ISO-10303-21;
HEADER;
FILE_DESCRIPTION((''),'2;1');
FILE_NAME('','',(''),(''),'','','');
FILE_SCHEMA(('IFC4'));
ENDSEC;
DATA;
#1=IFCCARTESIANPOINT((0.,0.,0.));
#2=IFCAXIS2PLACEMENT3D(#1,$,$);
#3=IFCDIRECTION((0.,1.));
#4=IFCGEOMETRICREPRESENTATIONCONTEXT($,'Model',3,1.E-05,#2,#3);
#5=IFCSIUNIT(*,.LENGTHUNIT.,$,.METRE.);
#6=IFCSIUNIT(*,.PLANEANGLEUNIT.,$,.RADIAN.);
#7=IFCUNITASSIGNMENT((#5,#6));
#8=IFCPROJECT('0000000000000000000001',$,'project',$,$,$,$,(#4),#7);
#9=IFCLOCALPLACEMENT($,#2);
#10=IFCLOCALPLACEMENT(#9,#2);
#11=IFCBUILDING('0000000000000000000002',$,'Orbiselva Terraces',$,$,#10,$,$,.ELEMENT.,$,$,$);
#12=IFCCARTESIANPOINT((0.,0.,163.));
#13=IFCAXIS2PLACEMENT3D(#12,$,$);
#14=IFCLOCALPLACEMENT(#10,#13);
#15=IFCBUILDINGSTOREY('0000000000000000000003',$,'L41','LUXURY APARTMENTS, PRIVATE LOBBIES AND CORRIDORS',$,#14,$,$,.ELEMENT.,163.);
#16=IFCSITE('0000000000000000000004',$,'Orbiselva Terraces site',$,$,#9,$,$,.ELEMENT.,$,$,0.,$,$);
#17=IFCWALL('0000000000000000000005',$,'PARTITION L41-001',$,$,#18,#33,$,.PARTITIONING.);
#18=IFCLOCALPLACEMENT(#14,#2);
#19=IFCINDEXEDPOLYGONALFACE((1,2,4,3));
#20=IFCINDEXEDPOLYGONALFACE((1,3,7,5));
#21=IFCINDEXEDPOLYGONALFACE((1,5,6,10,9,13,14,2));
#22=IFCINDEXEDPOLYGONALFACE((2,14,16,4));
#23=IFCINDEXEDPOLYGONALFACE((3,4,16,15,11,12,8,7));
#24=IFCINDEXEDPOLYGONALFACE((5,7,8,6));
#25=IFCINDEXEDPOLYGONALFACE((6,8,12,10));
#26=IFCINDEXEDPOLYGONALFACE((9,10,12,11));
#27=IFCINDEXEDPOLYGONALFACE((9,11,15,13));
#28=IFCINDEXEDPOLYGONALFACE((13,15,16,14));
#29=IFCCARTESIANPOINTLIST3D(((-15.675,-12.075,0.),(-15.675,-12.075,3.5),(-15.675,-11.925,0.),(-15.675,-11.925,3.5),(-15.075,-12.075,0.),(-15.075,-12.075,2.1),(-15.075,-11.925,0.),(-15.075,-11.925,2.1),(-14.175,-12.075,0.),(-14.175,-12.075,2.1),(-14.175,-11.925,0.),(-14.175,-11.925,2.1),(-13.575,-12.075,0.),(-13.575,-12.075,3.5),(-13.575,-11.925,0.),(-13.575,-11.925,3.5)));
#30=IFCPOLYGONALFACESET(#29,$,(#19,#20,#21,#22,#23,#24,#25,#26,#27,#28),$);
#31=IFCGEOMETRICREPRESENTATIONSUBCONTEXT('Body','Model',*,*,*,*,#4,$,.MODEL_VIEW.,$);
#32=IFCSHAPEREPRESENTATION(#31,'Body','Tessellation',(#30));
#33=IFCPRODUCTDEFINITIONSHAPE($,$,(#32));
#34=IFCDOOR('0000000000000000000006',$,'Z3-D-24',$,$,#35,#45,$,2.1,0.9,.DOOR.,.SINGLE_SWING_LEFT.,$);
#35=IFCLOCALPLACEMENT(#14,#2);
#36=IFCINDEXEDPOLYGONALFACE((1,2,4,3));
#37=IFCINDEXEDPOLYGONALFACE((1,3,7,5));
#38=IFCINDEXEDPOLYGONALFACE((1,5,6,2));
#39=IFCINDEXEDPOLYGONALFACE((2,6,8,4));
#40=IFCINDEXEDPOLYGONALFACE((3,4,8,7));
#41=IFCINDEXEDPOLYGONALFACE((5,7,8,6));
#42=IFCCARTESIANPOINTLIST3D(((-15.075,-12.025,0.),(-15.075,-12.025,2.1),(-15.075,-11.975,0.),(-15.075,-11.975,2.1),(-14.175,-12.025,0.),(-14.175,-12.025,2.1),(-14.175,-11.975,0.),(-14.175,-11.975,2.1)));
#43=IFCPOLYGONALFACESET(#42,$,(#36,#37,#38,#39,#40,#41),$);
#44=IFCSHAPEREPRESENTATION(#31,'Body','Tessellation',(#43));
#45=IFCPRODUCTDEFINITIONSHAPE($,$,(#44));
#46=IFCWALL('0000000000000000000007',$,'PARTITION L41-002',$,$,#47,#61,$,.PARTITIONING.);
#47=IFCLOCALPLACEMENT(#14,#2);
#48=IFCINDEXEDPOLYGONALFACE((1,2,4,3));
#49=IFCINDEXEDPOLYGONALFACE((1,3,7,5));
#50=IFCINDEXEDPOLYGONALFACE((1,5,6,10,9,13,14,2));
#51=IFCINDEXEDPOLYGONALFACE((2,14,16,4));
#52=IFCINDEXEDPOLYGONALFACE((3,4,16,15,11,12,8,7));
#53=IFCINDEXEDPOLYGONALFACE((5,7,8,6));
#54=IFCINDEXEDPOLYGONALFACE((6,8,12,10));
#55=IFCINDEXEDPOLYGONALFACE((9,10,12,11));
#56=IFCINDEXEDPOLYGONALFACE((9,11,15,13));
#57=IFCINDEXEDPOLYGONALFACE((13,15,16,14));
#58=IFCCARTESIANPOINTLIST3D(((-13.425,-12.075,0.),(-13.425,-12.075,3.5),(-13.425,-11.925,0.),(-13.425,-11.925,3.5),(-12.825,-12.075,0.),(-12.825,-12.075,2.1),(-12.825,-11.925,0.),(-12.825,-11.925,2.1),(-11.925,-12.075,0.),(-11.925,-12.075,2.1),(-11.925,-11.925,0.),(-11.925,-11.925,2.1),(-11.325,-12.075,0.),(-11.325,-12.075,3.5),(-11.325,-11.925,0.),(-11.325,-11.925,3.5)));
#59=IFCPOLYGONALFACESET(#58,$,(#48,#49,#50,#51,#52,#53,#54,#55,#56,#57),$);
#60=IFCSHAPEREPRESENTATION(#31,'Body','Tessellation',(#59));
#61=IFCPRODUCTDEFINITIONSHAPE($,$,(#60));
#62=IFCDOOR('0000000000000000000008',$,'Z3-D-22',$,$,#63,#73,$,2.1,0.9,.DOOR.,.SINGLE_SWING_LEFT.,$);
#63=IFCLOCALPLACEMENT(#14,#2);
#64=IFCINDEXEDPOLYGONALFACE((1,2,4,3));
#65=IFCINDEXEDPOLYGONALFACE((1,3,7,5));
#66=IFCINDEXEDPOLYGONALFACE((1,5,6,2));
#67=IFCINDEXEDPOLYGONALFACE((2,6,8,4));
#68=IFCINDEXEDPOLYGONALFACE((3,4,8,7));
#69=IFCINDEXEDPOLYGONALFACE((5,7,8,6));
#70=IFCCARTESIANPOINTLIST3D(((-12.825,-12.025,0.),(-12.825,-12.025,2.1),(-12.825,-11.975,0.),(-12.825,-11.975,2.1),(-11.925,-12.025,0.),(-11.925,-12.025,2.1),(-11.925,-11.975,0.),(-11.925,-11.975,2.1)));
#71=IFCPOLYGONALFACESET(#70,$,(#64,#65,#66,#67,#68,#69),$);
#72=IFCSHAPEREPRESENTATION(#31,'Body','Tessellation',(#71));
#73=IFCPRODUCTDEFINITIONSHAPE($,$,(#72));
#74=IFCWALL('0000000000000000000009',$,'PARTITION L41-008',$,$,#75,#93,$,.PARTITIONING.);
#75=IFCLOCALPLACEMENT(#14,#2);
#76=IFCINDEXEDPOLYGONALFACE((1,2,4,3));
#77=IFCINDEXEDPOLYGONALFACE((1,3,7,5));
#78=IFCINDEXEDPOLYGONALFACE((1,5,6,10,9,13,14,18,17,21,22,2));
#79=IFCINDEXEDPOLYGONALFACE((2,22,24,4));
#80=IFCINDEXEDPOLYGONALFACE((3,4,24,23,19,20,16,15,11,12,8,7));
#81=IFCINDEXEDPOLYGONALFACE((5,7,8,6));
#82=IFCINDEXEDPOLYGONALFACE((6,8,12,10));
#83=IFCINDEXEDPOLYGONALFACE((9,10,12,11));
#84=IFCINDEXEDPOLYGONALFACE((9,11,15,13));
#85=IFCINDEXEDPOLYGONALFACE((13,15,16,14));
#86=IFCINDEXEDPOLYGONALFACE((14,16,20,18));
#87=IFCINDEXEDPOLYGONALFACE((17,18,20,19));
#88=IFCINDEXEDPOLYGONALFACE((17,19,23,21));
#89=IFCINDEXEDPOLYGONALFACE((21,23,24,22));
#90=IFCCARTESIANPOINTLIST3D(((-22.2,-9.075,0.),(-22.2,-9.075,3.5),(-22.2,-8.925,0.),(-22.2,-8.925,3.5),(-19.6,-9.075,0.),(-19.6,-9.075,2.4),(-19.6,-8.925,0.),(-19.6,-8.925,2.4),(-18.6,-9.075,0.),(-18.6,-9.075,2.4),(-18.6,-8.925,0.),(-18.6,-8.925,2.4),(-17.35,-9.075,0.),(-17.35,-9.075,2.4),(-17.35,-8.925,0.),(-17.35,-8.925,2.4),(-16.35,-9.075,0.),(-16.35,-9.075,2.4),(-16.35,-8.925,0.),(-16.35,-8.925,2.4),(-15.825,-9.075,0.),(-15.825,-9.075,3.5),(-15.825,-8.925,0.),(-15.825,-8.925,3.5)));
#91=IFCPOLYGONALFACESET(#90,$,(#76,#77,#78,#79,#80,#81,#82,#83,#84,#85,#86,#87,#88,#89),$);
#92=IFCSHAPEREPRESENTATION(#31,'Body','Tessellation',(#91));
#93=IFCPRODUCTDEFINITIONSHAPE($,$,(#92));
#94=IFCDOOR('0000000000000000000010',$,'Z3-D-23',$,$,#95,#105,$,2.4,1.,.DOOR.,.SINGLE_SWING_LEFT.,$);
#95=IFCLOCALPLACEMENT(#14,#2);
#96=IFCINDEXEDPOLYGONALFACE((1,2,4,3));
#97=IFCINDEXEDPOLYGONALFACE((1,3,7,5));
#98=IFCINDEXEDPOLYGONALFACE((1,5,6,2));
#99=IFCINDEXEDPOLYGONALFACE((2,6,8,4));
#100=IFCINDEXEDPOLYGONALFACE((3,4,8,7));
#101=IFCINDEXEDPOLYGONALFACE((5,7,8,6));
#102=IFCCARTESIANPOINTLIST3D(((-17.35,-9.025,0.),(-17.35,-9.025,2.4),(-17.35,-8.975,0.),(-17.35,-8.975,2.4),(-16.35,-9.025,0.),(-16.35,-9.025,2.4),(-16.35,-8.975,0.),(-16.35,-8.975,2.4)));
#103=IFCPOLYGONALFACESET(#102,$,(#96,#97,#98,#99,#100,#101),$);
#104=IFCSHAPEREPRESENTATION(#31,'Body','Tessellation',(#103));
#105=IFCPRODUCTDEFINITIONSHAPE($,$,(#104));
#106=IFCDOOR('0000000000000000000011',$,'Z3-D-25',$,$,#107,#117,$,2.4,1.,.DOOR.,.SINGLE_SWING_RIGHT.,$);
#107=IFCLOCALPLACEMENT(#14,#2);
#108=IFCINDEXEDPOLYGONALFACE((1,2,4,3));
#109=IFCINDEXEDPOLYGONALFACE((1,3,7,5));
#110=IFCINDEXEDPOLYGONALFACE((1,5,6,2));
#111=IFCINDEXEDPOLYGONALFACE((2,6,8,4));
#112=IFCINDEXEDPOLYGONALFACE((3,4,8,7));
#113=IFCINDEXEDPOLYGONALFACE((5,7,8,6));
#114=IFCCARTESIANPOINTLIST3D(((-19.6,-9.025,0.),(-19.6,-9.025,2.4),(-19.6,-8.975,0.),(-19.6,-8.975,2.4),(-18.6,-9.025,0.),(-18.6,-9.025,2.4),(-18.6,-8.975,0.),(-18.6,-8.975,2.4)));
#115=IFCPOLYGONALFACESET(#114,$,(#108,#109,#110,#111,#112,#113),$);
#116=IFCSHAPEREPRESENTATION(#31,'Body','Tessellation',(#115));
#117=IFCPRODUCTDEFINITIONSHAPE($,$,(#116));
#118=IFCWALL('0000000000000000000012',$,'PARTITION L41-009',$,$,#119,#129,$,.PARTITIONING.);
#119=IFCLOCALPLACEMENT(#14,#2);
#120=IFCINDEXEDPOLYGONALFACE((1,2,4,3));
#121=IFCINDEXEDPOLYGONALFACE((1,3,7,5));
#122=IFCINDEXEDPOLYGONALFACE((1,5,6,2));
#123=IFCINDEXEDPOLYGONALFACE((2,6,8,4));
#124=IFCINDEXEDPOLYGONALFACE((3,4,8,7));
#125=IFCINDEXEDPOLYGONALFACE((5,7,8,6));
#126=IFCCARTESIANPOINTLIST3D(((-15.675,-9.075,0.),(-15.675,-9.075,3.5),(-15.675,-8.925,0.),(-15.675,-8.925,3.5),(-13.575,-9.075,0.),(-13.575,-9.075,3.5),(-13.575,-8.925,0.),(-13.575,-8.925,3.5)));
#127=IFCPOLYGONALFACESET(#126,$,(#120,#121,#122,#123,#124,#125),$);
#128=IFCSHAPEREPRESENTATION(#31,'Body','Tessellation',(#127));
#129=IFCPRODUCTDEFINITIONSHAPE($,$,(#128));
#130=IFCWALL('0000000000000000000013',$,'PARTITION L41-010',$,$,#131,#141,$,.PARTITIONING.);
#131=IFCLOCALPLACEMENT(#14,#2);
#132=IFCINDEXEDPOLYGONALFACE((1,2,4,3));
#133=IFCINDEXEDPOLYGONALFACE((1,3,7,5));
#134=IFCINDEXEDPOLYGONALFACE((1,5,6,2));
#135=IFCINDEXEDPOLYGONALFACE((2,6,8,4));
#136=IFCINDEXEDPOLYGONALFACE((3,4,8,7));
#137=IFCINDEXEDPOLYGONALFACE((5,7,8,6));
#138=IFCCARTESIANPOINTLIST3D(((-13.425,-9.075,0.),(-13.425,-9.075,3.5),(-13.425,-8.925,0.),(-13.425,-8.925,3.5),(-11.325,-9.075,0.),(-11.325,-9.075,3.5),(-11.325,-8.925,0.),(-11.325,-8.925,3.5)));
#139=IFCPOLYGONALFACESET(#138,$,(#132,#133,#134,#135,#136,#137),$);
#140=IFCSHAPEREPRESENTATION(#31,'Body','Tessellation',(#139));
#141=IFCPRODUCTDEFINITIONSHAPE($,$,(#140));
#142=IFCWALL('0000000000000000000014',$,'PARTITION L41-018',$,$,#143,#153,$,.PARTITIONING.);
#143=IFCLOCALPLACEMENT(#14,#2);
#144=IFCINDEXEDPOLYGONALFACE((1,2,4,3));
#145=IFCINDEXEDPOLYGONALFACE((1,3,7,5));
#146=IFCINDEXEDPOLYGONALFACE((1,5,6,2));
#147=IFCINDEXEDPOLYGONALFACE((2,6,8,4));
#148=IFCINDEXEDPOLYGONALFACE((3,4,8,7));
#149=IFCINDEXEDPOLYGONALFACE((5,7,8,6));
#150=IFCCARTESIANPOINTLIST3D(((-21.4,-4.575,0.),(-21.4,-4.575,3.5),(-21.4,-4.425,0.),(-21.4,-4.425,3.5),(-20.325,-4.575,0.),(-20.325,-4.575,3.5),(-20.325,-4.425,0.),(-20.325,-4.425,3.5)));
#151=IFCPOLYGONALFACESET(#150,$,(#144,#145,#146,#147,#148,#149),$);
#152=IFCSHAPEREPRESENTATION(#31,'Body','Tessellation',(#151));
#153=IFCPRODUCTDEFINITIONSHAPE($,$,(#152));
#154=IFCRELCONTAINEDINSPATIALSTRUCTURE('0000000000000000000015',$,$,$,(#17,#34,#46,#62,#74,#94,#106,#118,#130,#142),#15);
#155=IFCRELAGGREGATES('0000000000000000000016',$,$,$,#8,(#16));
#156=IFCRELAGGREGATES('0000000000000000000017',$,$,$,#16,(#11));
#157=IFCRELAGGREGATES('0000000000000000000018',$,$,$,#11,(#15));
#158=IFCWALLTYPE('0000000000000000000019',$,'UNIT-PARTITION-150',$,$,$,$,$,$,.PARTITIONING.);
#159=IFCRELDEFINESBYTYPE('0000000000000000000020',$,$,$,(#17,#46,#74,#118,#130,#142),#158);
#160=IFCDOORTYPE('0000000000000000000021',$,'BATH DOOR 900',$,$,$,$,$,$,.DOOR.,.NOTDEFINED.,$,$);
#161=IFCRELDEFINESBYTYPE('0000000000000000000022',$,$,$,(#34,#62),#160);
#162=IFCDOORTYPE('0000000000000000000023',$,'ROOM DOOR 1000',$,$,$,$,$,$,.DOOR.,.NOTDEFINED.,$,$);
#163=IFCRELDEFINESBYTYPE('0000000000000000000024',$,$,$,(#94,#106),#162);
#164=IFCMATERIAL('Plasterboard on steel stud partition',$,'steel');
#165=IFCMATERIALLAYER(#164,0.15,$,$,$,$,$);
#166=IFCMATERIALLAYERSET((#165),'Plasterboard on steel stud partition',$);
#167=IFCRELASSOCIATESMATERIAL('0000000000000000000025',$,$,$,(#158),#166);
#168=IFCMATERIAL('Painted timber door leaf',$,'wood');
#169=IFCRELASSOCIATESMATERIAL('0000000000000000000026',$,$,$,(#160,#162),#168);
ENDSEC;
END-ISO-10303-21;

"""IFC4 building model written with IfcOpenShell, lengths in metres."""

from ifc_helpers import new_model, si_unit, direction, frame, frame_2d, origin, place, context, subcontext, project, spatial, rectangle, extrude, material, layer, layer_set, type_object, element, fill, save


model = new_model("IFC4")

# Units and contexts
model_context = context("Model", 3, precision=1e-05, world=origin(), true_north=direction((0.0, 1.0)))
body_context = subcontext(model_context, "Body", "Model", "MODEL_VIEW")
ifc_project = project(units=[si_unit("LENGTHUNIT", "METRE"), si_unit("PLANEANGLEUNIT", "RADIAN")], contexts=[model_context])

# Site, building, storey
site_placement = place(None, origin())
site = spatial("IfcSite", under=ifc_project, at=site_placement, Name="Orbiselva Terraces site", CompositionType="ELEMENT", RefElevation=0.0)
building_placement = place(site_placement, origin())
building = spatial("IfcBuilding", under=site, at=building_placement, Name="Orbiselva Terraces", CompositionType="ELEMENT")
storey_placement = place(building_placement, frame((0.0, 0.0, 163.0)))
storey = spatial("IfcBuildingStorey", under=building, at=storey_placement, Name="L41", Description="LUXURY APARTMENTS, PRIVATE LOBBIES AND CORRIDORS", CompositionType="ELEMENT", Elevation=163.0)

# Shared definitions
ifc_material_1 = material(Name="Plasterboard on steel stud partition", Category="steel")

# Walls, openings, doors
ifc_layer_1 = layer(ifc_material_1, 0.15)
ifc_layer_set_1 = layer_set([ifc_layer_1], Name="Plasterboard on steel stud partition")
wall_type_1 = type_object("IfcWallType", Name="UNIT-PARTITION-150", PredefinedType="PARTITIONING", material=ifc_layer_set_1)
wall_1_placement = place(storey_placement, frame((-15.675, -12.0, 0.0), z_axis=(0.0, 0.0, 1.0), x_axis=(1.0, 0.0, 0.0)))
wall_1 = element("IfcWall", 1, at=wall_1_placement, inside=storey, type_object=wall_type_1, Name="PARTITION L41-001", PredefinedType="PARTITIONING", context=body_context, shape_type="SweptSolid", body=[
    extrude(rectangle(XDim=2.1, YDim=0.15, at=frame_2d((1.05, 0.0))), origin(), (0.0, 0.0, 1.0), 3.5),
])
opening_1_placement = place(wall_1_placement, frame((0.6, 0.0, 0.0)))
opening_1 = element("IfcOpeningElement", 2, at=opening_1_placement, cuts=wall_1, PredefinedType="OPENING", context=body_context, shape_type="SweptSolid", body=[
    extrude(rectangle(XDim=0.9, YDim=2.1, at=frame_2d((0.45, 1.05))), frame((0.0, 0.085, 0.0), z_axis=(0.0, -1.0, 0.0), x_axis=(1.0, 0.0, 0.0)), (0.0, 0.0, 1.0), 0.17),
])
ifc_material_2 = material(Name="Painted timber door leaf", Category="wood")
door_type_1 = type_object("IfcDoorType", Name="BATH DOOR 900", OperationType="NOTDEFINED", PredefinedType="DOOR", material=ifc_material_2)
door_1_placement = place(opening_1_placement, origin())
door_1 = element("IfcDoor", 3, at=door_1_placement, inside=storey, type_object=door_type_1, Name="Z3-D-24", OperationType="SINGLE_SWING_LEFT", OverallHeight=2.1, OverallWidth=0.9, PredefinedType="DOOR", context=body_context, shape_type="SweptSolid", body=[
    extrude(rectangle(XDim=0.9, YDim=2.1, at=frame_2d((0.45, 1.05))), frame((0.0, 0.025, 0.0), z_axis=(0.0, -1.0, 0.0), x_axis=(1.0, 0.0, 0.0)), (0.0, 0.0, 1.0), 0.05),
])
fill(opening_1, door_1)
wall_2_placement = place(storey_placement, frame((-13.425, -12.0, 0.0), z_axis=(0.0, 0.0, 1.0), x_axis=(1.0, 0.0, 0.0)))
wall_2 = element("IfcWall", 4, at=wall_2_placement, inside=storey, type_object=wall_type_1, Name="PARTITION L41-002", PredefinedType="PARTITIONING", context=body_context, shape_type="SweptSolid", body=[
    extrude(rectangle(XDim=2.1, YDim=0.15, at=frame_2d((1.05, 0.0))), origin(), (0.0, 0.0, 1.0), 3.5),
])
opening_2_placement = place(wall_2_placement, frame((0.6, 0.0, 0.0)))
opening_2 = element("IfcOpeningElement", 5, at=opening_2_placement, cuts=wall_2, PredefinedType="OPENING", context=body_context, shape_type="SweptSolid", body=[
    extrude(rectangle(XDim=0.9, YDim=2.1, at=frame_2d((0.45, 1.05))), frame((0.0, 0.085, 0.0), z_axis=(0.0, -1.0, 0.0), x_axis=(1.0, 0.0, 0.0)), (0.0, 0.0, 1.0), 0.17),
])
door_2_placement = place(opening_2_placement, origin())
door_2 = element("IfcDoor", 6, at=door_2_placement, inside=storey, type_object=door_type_1, Name="Z3-D-22", OperationType="SINGLE_SWING_LEFT", OverallHeight=2.1, OverallWidth=0.9, PredefinedType="DOOR", context=body_context, shape_type="SweptSolid", body=[
    extrude(rectangle(XDim=0.9, YDim=2.1, at=frame_2d((0.45, 1.05))), frame((0.0, 0.025, 0.0), z_axis=(0.0, -1.0, 0.0), x_axis=(1.0, 0.0, 0.0)), (0.0, 0.0, 1.0), 0.05),
])
fill(opening_2, door_2)

# Wall, openings, doors
wall_3_placement = place(storey_placement, frame((-15.825, -9.0, 0.0), z_axis=(0.0, 0.0, 1.0), x_axis=(-1.0, 0.0, 0.0)))
wall_3 = element("IfcWall", 7, at=wall_3_placement, inside=storey, type_object=wall_type_1, Name="PARTITION L41-008", PredefinedType="PARTITIONING", context=body_context, shape_type="SweptSolid", body=[
    extrude(rectangle(XDim=6.375, YDim=0.15, at=frame_2d((3.1875, 0.0))), origin(), (0.0, 0.0, 1.0), 3.5),
])
opening_3_placement = place(wall_3_placement, frame((0.525, 0.0, 0.0)))
opening_3 = element("IfcOpeningElement", 8, at=opening_3_placement, cuts=wall_3, PredefinedType="OPENING", context=body_context, shape_type="SweptSolid", body=[
    extrude(rectangle(XDim=1.0, YDim=2.4, at=frame_2d((0.5, 1.2))), frame((0.0, 0.085, 0.0), z_axis=(0.0, -1.0, 0.0), x_axis=(1.0, 0.0, 0.0)), (0.0, 0.0, 1.0), 0.17),
])
opening_4_placement = place(wall_3_placement, frame((2.775, 0.0, 0.0)))
opening_4 = element("IfcOpeningElement", 9, at=opening_4_placement, cuts=wall_3, PredefinedType="OPENING", context=body_context, shape_type="SweptSolid", body=[
    extrude(rectangle(XDim=1.0, YDim=2.4, at=frame_2d((0.5, 1.2))), frame((0.0, 0.085, 0.0), z_axis=(0.0, -1.0, 0.0), x_axis=(1.0, 0.0, 0.0)), (0.0, 0.0, 1.0), 0.17),
])
door_type_2 = type_object("IfcDoorType", Name="ROOM DOOR 1000", OperationType="NOTDEFINED", PredefinedType="DOOR", material=ifc_material_2)
door_3_placement = place(opening_3_placement, origin())
door_3 = element("IfcDoor", 10, at=door_3_placement, inside=storey, type_object=door_type_2, Name="Z3-D-23", OperationType="SINGLE_SWING_LEFT", OverallHeight=2.4, OverallWidth=1.0, PredefinedType="DOOR", context=body_context, shape_type="SweptSolid", body=[
    extrude(rectangle(XDim=1.0, YDim=2.4, at=frame_2d((0.5, 1.2))), frame((0.0, 0.025, 0.0), z_axis=(0.0, -1.0, 0.0), x_axis=(1.0, 0.0, 0.0)), (0.0, 0.0, 1.0), 0.05),
])
fill(opening_3, door_3)
door_4_placement = place(opening_4_placement, origin())
door_4 = element("IfcDoor", 11, at=door_4_placement, inside=storey, type_object=door_type_2, Name="Z3-D-25", OperationType="SINGLE_SWING_RIGHT", OverallHeight=2.4, OverallWidth=1.0, PredefinedType="DOOR", context=body_context, shape_type="SweptSolid", body=[
    extrude(rectangle(XDim=1.0, YDim=2.4, at=frame_2d((0.5, 1.2))), frame((0.0, 0.025, 0.0), z_axis=(0.0, -1.0, 0.0), x_axis=(1.0, 0.0, 0.0)), (0.0, 0.0, 1.0), 0.05),
])
fill(opening_4, door_4)

# Walls
for number, where, z_axis, x_axis, name in (
    (12, (-15.675, -9.0, 0.0), (0.0, 0.0, 1.0), (1.0, 0.0, 0.0), "PARTITION L41-009"),
    (13, (-13.425, -9.0, 0.0), (0.0, 0.0, 1.0), (1.0, 0.0, 0.0), "PARTITION L41-010"),
):
    element("IfcWall", number, at=place(storey_placement, frame(where, z_axis=z_axis, x_axis=x_axis)), inside=storey, type_object=wall_type_1, Name=name, PredefinedType="PARTITIONING", context=body_context, shape_type="SweptSolid", body=[
        extrude(rectangle(XDim=2.1, YDim=0.15, at=frame_2d((1.05, 0.0))), origin(), (0.0, 0.0, 1.0), 3.5),
    ])
wall_4_placement = place(storey_placement, frame((-21.4, -4.5, 0.0), z_axis=(0.0, 0.0, 1.0), x_axis=(1.0, 0.0, 0.0)))
element("IfcWall", 14, at=wall_4_placement, inside=storey, type_object=wall_type_1, Name="PARTITION L41-018", PredefinedType="PARTITIONING", context=body_context, shape_type="SweptSolid", body=[
    extrude(rectangle(XDim=1.075, YDim=0.15, at=frame_2d((0.5375, 0.0))), origin(), (0.0, 0.0, 1.0), 3.5),
])

save(model, "model.ifc")
